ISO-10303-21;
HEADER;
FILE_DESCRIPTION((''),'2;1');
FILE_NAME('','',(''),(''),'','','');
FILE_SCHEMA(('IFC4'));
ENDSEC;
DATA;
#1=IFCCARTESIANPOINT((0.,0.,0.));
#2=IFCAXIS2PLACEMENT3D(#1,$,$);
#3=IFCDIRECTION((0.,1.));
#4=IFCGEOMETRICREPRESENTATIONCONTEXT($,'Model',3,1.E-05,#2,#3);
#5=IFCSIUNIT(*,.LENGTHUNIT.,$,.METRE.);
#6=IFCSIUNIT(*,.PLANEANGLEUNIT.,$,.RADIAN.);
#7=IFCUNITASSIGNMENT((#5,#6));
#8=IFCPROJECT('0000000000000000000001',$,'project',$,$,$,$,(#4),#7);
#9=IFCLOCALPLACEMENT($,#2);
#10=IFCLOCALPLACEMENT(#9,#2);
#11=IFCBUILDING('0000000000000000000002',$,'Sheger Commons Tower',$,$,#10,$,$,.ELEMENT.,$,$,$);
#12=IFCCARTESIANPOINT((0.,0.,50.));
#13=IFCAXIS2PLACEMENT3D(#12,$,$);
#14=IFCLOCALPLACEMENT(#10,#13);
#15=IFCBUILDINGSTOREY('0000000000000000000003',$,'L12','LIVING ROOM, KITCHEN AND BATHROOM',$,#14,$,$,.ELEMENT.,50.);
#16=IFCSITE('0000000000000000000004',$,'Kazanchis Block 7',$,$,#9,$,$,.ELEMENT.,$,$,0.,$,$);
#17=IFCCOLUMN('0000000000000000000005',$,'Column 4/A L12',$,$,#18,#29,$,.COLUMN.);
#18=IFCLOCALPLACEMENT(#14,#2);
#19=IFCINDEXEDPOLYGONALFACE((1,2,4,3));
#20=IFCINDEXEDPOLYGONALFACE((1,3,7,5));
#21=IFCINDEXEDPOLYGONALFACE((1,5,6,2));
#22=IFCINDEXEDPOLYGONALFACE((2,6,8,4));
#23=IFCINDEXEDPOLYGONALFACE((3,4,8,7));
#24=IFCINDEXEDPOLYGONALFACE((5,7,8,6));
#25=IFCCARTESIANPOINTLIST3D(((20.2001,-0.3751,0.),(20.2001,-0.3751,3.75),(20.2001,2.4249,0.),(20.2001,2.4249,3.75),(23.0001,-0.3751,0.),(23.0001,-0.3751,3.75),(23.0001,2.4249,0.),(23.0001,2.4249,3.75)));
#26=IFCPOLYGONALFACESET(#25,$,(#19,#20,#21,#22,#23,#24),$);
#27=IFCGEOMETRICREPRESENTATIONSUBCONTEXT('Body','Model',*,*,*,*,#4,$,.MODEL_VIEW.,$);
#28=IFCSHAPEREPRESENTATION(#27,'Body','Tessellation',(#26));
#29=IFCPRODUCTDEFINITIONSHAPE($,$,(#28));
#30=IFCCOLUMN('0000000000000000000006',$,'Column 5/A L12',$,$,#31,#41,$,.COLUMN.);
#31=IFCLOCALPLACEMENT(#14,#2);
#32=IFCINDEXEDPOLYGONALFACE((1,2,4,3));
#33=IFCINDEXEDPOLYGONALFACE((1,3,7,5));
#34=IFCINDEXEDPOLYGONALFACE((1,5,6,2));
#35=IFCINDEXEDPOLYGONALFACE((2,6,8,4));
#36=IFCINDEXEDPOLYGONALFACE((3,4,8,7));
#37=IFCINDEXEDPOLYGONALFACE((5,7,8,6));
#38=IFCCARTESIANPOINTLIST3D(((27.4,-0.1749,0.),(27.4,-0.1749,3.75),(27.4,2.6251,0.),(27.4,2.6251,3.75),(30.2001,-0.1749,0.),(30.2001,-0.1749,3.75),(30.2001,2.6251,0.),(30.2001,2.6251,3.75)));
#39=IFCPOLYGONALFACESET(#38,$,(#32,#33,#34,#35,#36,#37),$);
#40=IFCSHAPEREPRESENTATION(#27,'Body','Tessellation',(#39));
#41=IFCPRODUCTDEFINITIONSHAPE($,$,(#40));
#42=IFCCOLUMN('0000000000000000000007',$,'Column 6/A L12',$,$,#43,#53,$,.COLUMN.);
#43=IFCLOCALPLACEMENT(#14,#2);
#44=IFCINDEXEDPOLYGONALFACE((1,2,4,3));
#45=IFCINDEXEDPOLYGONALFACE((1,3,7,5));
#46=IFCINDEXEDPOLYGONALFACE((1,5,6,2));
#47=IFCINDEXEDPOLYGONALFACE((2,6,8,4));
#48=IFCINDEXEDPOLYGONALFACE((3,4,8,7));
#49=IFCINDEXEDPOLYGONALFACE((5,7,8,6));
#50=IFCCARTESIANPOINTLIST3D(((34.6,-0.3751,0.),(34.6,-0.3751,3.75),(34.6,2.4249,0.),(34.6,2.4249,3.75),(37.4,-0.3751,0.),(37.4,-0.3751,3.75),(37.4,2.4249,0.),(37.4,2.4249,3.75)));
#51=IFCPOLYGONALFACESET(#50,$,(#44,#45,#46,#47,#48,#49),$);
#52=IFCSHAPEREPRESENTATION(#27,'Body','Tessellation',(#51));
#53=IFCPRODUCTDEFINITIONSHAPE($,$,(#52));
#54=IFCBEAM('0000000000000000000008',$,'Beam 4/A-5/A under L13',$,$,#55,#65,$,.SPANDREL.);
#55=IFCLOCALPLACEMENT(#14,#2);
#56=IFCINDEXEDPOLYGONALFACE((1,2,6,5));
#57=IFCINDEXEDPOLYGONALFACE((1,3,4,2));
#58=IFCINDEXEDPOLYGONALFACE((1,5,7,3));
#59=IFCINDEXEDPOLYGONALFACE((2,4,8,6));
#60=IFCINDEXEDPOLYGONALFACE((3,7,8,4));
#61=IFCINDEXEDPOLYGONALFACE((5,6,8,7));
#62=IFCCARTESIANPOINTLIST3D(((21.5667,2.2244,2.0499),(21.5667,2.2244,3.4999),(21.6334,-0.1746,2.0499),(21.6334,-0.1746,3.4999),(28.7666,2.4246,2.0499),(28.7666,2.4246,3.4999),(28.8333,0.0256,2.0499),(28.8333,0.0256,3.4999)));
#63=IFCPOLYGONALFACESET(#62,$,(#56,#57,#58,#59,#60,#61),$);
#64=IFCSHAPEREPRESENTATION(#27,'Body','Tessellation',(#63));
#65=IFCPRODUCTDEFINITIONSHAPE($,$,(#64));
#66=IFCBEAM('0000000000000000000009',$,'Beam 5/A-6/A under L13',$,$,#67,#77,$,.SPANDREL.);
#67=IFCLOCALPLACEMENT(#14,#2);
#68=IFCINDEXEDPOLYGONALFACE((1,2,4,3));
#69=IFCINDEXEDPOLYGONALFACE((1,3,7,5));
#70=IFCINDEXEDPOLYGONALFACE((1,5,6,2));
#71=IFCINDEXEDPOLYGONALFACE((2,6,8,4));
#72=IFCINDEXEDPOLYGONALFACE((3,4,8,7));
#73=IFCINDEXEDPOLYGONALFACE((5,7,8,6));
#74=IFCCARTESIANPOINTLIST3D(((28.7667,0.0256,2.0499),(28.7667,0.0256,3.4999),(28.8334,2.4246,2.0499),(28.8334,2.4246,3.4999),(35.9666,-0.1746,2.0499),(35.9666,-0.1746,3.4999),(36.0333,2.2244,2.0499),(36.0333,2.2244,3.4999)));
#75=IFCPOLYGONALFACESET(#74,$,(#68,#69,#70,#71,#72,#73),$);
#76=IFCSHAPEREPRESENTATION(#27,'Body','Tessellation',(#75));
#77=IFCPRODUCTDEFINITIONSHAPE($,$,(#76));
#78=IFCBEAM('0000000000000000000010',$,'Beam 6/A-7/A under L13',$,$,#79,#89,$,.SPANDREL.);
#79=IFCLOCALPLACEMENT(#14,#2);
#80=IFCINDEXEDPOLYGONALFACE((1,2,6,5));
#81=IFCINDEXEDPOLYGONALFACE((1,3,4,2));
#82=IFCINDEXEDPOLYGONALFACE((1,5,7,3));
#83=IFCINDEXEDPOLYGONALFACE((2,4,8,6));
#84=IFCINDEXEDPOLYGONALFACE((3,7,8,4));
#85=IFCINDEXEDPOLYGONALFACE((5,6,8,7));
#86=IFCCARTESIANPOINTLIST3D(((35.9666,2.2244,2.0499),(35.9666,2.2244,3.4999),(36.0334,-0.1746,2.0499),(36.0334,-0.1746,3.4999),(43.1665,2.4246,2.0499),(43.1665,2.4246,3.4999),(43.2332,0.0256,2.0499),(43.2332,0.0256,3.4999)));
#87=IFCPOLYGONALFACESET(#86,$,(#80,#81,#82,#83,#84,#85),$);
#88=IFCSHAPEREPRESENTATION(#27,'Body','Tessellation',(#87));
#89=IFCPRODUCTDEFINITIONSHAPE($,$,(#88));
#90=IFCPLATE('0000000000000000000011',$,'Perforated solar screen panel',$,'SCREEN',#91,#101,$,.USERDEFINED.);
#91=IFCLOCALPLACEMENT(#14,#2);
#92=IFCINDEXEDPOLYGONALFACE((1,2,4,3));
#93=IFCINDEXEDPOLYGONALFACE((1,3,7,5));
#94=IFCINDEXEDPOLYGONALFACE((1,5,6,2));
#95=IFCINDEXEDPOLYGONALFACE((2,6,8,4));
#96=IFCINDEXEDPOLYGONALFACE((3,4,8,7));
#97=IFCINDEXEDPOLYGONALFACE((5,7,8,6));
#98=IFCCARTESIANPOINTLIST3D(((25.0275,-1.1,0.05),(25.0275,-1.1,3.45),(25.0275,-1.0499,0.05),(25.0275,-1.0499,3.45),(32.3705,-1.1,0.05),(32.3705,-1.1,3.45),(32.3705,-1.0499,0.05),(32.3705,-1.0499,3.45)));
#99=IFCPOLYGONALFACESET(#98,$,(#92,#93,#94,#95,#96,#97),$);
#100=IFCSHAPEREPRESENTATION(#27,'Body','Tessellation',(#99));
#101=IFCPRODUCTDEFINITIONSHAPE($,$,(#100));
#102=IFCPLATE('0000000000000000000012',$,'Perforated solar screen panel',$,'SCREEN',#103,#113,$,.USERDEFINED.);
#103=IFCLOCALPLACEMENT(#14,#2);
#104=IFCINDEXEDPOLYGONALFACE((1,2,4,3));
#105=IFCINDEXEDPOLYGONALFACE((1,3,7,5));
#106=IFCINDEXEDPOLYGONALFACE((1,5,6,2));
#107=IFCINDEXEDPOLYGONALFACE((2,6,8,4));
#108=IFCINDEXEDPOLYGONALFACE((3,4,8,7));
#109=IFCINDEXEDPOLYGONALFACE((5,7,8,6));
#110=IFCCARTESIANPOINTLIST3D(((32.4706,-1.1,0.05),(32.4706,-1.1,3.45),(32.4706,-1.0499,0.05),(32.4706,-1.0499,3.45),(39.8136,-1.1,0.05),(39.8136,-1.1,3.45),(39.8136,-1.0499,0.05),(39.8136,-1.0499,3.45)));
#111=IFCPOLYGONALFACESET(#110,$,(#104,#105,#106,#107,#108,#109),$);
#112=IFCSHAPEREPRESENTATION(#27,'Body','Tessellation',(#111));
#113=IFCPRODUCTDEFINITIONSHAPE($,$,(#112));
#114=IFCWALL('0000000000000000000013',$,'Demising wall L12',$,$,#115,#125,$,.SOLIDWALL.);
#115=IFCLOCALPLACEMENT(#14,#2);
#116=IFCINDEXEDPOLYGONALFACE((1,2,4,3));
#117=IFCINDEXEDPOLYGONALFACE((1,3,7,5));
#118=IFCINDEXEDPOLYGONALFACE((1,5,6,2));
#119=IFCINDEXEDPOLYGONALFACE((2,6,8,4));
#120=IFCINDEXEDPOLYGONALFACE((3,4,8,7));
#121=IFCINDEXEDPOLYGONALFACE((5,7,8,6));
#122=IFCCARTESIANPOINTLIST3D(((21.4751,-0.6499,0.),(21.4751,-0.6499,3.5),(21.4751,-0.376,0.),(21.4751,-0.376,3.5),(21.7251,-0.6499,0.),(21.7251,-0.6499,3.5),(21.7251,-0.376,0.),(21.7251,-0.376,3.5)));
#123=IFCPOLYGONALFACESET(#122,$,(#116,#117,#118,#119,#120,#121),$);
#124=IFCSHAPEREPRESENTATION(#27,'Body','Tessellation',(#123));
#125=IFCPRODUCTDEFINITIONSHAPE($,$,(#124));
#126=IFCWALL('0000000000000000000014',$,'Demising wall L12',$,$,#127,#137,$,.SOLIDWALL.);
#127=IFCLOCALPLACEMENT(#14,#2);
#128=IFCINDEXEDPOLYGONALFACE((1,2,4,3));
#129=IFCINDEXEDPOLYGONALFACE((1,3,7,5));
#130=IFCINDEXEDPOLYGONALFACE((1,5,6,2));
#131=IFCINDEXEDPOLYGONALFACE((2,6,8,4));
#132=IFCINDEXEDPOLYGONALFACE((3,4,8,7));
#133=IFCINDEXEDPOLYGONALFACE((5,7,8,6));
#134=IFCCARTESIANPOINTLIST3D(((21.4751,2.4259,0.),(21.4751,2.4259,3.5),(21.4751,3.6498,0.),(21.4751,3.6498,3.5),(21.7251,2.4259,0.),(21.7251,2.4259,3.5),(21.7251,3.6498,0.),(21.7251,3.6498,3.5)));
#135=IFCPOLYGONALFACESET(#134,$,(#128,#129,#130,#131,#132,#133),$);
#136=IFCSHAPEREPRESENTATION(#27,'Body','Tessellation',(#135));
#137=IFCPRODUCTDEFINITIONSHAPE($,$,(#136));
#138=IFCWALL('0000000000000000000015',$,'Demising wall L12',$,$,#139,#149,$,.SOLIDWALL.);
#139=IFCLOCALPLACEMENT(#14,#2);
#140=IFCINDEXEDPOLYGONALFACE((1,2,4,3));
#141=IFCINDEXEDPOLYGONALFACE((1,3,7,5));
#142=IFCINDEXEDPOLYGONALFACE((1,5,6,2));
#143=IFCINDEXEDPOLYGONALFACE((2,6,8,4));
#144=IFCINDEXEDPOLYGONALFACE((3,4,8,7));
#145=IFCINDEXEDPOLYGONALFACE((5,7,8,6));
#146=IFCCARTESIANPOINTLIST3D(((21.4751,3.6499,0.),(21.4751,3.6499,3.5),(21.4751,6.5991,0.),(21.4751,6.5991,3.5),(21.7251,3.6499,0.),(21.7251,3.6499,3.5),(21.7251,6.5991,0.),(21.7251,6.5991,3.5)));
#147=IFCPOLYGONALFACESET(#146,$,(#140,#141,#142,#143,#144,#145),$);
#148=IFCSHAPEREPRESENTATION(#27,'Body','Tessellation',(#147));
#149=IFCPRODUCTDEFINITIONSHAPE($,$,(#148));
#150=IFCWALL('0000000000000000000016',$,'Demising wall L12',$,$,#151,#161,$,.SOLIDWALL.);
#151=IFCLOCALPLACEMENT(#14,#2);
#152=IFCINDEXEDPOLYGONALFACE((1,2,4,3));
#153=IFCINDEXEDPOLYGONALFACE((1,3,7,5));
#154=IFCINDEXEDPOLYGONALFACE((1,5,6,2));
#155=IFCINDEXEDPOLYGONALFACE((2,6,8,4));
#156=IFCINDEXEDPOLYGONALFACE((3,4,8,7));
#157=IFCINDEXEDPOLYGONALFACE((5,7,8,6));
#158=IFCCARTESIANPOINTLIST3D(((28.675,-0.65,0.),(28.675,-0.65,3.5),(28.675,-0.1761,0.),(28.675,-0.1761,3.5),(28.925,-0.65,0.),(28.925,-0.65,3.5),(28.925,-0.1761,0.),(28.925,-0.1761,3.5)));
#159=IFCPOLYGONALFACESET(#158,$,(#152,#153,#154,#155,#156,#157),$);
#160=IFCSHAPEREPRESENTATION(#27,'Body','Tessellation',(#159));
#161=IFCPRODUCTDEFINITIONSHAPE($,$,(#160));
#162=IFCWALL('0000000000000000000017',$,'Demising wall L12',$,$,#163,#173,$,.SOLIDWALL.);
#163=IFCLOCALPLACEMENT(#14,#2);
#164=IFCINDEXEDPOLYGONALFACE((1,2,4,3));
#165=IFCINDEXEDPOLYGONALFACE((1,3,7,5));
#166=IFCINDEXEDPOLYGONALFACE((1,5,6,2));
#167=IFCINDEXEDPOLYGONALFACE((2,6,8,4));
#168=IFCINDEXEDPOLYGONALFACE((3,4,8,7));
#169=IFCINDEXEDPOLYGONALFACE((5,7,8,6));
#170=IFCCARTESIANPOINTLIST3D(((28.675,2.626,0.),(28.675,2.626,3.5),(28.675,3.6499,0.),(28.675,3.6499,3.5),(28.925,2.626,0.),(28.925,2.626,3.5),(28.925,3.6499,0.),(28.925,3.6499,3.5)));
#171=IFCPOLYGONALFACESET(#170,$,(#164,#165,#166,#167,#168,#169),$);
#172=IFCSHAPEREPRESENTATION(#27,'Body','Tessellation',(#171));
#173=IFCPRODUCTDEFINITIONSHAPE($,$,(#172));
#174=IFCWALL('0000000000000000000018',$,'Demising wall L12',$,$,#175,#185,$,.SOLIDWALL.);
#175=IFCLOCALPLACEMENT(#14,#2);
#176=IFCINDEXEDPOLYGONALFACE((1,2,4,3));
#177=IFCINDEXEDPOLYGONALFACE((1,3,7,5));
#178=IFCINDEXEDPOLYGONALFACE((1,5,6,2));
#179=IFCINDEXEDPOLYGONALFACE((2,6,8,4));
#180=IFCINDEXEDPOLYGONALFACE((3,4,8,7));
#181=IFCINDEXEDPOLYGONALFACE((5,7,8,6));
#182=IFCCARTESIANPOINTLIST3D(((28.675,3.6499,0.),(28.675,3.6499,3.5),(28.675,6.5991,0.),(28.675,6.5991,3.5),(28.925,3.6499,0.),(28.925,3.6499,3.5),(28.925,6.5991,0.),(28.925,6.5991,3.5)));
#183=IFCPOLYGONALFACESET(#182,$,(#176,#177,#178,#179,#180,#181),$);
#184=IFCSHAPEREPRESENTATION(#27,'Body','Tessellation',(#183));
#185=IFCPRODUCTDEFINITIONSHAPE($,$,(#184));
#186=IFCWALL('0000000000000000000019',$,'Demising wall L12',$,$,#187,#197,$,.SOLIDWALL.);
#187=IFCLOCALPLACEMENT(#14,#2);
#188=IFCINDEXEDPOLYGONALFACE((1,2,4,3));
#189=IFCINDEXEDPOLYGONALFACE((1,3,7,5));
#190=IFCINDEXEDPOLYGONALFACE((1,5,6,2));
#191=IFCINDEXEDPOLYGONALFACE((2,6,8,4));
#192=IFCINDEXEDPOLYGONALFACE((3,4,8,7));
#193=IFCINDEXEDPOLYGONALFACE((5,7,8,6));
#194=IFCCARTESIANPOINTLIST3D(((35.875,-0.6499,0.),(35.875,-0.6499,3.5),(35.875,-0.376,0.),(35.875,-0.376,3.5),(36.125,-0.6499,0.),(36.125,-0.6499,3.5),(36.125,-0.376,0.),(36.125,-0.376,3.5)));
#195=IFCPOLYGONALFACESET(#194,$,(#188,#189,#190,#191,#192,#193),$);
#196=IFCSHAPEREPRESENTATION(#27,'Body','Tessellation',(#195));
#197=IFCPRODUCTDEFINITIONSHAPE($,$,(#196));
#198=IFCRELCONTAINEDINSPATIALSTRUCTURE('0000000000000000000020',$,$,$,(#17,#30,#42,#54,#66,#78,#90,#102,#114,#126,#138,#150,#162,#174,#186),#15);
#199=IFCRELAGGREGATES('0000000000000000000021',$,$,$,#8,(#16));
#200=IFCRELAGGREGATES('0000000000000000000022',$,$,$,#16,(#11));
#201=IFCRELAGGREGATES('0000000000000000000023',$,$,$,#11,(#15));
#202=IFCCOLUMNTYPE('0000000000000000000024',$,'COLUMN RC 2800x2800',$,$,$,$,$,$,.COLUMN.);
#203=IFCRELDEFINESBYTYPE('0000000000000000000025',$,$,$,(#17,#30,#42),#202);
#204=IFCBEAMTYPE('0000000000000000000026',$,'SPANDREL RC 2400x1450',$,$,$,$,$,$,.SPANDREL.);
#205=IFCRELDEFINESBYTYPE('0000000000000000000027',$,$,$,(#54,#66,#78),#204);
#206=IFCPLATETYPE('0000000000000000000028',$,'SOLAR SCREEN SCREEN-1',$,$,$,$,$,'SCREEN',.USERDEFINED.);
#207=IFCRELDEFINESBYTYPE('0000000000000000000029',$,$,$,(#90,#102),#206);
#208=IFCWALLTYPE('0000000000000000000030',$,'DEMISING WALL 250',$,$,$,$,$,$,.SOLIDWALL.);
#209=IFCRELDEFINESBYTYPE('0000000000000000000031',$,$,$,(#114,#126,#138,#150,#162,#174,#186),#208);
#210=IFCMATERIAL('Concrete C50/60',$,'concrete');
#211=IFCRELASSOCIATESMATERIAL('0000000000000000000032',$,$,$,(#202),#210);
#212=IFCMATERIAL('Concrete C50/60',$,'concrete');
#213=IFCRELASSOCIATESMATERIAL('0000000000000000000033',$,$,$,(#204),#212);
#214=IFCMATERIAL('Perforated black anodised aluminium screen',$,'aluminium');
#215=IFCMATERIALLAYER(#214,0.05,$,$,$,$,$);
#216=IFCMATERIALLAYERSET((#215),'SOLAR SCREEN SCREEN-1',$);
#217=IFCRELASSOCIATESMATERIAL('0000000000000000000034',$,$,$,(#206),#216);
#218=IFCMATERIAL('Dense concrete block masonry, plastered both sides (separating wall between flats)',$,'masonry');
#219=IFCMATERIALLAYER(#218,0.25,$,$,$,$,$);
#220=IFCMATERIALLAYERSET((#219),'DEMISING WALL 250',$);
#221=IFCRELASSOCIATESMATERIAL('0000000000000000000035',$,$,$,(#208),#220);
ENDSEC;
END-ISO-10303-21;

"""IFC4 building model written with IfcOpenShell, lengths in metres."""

from ifc_helpers import new_model, si_unit, direction, frame, frame_2d, origin, origin_2d, place, context, subcontext, project, spatial, rectangle, extrude, material, layer, layer_set, material_profile, profile_set, type_object, element, save


model = new_model("IFC4")

# Units and contexts
model_context = context("Model", 3, precision=1e-05, world=origin(), true_north=direction((0.0, 1.0)))
body_context = subcontext(model_context, "Body", "Model", "MODEL_VIEW")
ifc_project = project(units=[si_unit("LENGTHUNIT", "METRE"), si_unit("PLANEANGLEUNIT", "RADIAN")], contexts=[model_context])

# Site, building, storey
site_placement = place(None, origin())
site = spatial("IfcSite", under=ifc_project, at=site_placement, Name="Kazanchis Block 7", CompositionType="ELEMENT", RefElevation=0.0)
building_placement = place(site_placement, origin())
building = spatial("IfcBuilding", under=site, at=building_placement, Name="Sheger Commons Tower", CompositionType="ELEMENT")
storey_placement = place(building_placement, frame((0.0, 0.0, 50.0)))
storey = spatial("IfcBuildingStorey", under=building, at=storey_placement, Name="L12", Description="LIVING ROOM, KITCHEN AND BATHROOM", CompositionType="ELEMENT", Elevation=50.0)

# Columns
ifc_material_1 = material(Name="Concrete C50/60", Category="concrete")
ifc_material_profile_1 = material_profile(ifc_material_1, rectangle(XDim=2.8, YDim=2.8, at=origin_2d()), Name="RC 2800x2800")
ifc_profile_set_1 = profile_set([ifc_material_profile_1], Name="Concrete C50/60")
column_type = type_object("IfcColumnType", Name="COLUMN RC 2800x2800", PredefinedType="COLUMN", material=ifc_profile_set_1)
for number, where, z_axis, x_axis, name in (
    (1, (21.6001, 1.0249, 0.0), (0.0, 0.0, 1.0), (1.0, 0.0, 0.0), "Column 4/A L12"),
    (2, (28.8, 1.2251, 0.0), (0.0, 0.0, 1.0), (1.0, 0.0, 0.0), "Column 5/A L12"),
    (3, (36.0, 1.0249, 0.0), (0.0, 0.0, 1.0), (1.0, 0.0, 0.0), "Column 6/A L12"),
):
    element("IfcColumn", number, at=place(storey_placement, frame(where, z_axis=z_axis, x_axis=x_axis)), inside=storey, type_object=column_type, Name=name, PredefinedType="COLUMN", context=body_context, shape_type="SweptSolid", body=[
        extrude(rectangle(XDim=2.8, YDim=2.8, at=origin_2d()), origin(), (0.0, 0.0, 1.0), 3.75),
    ])

# Beams
ifc_material_2 = material(Name="Concrete C50/60", Category="concrete")
ifc_material_profile_2 = material_profile(ifc_material_2, rectangle(XDim=2.3999, YDim=1.45, at=origin_2d()), Name="RC 2400x1450")
ifc_profile_set_2 = profile_set([ifc_material_profile_2], Name="Concrete C50/60")
beam_type = type_object("IfcBeamType", Name="SPANDREL RC 2400x1450", PredefinedType="SPANDREL", material=ifc_profile_set_2)
for number, where, z_axis, x_axis, name in (
    (4, (21.6001, 1.0249, 2.7749), (0.999614, 0.027794, 0.0), (-0.027794, 0.999614, 0.0), "Beam 4/A-5/A under L13"),
    (5, (28.8, 1.2251, 2.7749), (0.999614, -0.027794, 0.0), (0.027794, 0.999614, 0.0), "Beam 5/A-6/A under L13"),
    (6, (36.0, 1.0249, 2.7749), (0.999614, 0.027794, 0.0), (-0.027794, 0.999614, 0.0), "Beam 6/A-7/A under L13"),
):
    element("IfcBeam", number, at=place(storey_placement, frame(where, z_axis=z_axis, x_axis=x_axis)), inside=storey, type_object=beam_type, Name=name, PredefinedType="SPANDREL", context=body_context, shape_type="SweptSolid", body=[
        extrude(rectangle(XDim=2.3999, YDim=1.45, at=origin_2d()), origin(), (0.0, 0.0, 1.0), 7.2026),
    ])

# Plates
ifc_material_3 = material(Name="Perforated black anodised aluminium screen", Category="aluminium")
ifc_layer_1 = layer(ifc_material_3, 0.05)
ifc_layer_set_1 = layer_set([ifc_layer_1], Name="SOLAR SCREEN SCREEN-1")
plate_type = type_object("IfcPlateType", Name="SOLAR SCREEN SCREEN-1", ElementType="SCREEN", PredefinedType="USERDEFINED", material=ifc_layer_set_1)
for number, where, z_axis, x_axis, name in (
    (7, (28.699, -1.075, 0.05), (0.0, 0.0, 1.0), (1.0, 0.0, 0.0), "Perforated solar screen panel"),
    (8, (36.1421, -1.075, 0.05), (0.0, 0.0, 1.0), (1.0, 0.0, 0.0), "Perforated solar screen panel"),
):
    element("IfcPlate", number, at=place(storey_placement, frame(where, z_axis=z_axis, x_axis=x_axis)), inside=storey, type_object=plate_type, Name=name, ObjectType="SCREEN", PredefinedType="USERDEFINED", context=body_context, shape_type="SweptSolid", body=[
        extrude(rectangle(XDim=7.343, YDim=0.05, at=origin_2d()), origin(), (0.0, 0.0, 1.0), 3.3999),
    ])

# Walls
ifc_material_4 = material(Name="Dense concrete block masonry, plastered both sides (separating wall between flats)", Category="masonry")
ifc_layer_2 = layer(ifc_material_4, 0.25)
ifc_layer_set_2 = layer_set([ifc_layer_2], Name="DEMISING WALL 250")
wall_type_1 = type_object("IfcWallType", Name="DEMISING WALL 250", PredefinedType="SOLIDWALL", material=ifc_layer_set_2)
wall_1_placement = place(storey_placement, frame((21.6001, -0.6499, 0.0), z_axis=(0.0, 0.0, 1.0), x_axis=(0.0, 1.0, 0.0)))
element("IfcWall", 9, at=wall_1_placement, inside=storey, type_object=wall_type_1, Name="Demising wall L12", PredefinedType="SOLIDWALL", context=body_context, shape_type="SweptSolid", body=[
    extrude(rectangle(XDim=0.2739, YDim=0.25, at=frame_2d((0.137, 0.0))), origin(), (0.0, 0.0, 1.0), 3.5),
])
wall_2_placement = place(storey_placement, frame((21.6001, 2.426, 0.0), z_axis=(0.0, 0.0, 1.0), x_axis=(0.0, 1.0, 0.0)))
element("IfcWall", 10, at=wall_2_placement, inside=storey, type_object=wall_type_1, Name="Demising wall L12", PredefinedType="SOLIDWALL", context=body_context, shape_type="SweptSolid", body=[
    extrude(rectangle(XDim=1.2239, YDim=0.25, at=frame_2d((0.6118, 0.0))), origin(), (0.0, 0.0, 1.0), 3.5),
])
wall_3_placement = place(storey_placement, frame((21.6001, 3.6499, 0.0), z_axis=(0.0, 0.0, 1.0), x_axis=(0.0, 1.0, 0.0)))
element("IfcWall", 11, at=wall_3_placement, inside=storey, type_object=wall_type_1, Name="Demising wall L12", PredefinedType="SOLIDWALL", context=body_context, shape_type="SweptSolid", body=[
    extrude(rectangle(XDim=2.9492, YDim=0.25, at=frame_2d((1.4746, 0.0))), origin(), (0.0, 0.0, 1.0), 3.5),
])
wall_4_placement = place(storey_placement, frame((28.8, -0.6499, 0.0), z_axis=(0.0, 0.0, 1.0), x_axis=(0.0, 1.0, 0.0)))
element("IfcWall", 12, at=wall_4_placement, inside=storey, type_object=wall_type_1, Name="Demising wall L12", PredefinedType="SOLIDWALL", context=body_context, shape_type="SweptSolid", body=[
    extrude(rectangle(XDim=0.4739, YDim=0.25, at=frame_2d((0.2368, 0.0))), origin(), (0.0, 0.0, 1.0), 3.5),
])
wall_5_placement = place(storey_placement, frame((28.8, 2.626, 0.0), z_axis=(0.0, 0.0, 1.0), x_axis=(0.0, 1.0, 0.0)))
element("IfcWall", 13, at=wall_5_placement, inside=storey, type_object=wall_type_1, Name="Demising wall L12", PredefinedType="SOLIDWALL", context=body_context, shape_type="SweptSolid", body=[
    extrude(rectangle(XDim=1.0239, YDim=0.25, at=frame_2d((0.512, 0.0))), origin(), (0.0, 0.0, 1.0), 3.5),
])
wall_6_placement = place(storey_placement, frame((28.8, 3.6499, 0.0), z_axis=(0.0, 0.0, 1.0), x_axis=(0.0, 1.0, 0.0)))
element("IfcWall", 14, at=wall_6_placement, inside=storey, type_object=wall_type_1, Name="Demising wall L12", PredefinedType="SOLIDWALL", context=body_context, shape_type="SweptSolid", body=[
    extrude(rectangle(XDim=2.9492, YDim=0.25, at=frame_2d((1.4746, 0.0))), origin(), (0.0, 0.0, 1.0), 3.5),
])
wall_7_placement = place(storey_placement, frame((36.0, -0.6499, 0.0), z_axis=(0.0, 0.0, 1.0), x_axis=(0.0, 1.0, 0.0)))
element("IfcWall", 15, at=wall_7_placement, inside=storey, type_object=wall_type_1, Name="Demising wall L12", PredefinedType="SOLIDWALL", context=body_context, shape_type="SweptSolid", body=[
    extrude(rectangle(XDim=0.2739, YDim=0.25, at=frame_2d((0.137, 0.0))), origin(), (0.0, 0.0, 1.0), 3.5),
])

save(model, "model.ifc")
